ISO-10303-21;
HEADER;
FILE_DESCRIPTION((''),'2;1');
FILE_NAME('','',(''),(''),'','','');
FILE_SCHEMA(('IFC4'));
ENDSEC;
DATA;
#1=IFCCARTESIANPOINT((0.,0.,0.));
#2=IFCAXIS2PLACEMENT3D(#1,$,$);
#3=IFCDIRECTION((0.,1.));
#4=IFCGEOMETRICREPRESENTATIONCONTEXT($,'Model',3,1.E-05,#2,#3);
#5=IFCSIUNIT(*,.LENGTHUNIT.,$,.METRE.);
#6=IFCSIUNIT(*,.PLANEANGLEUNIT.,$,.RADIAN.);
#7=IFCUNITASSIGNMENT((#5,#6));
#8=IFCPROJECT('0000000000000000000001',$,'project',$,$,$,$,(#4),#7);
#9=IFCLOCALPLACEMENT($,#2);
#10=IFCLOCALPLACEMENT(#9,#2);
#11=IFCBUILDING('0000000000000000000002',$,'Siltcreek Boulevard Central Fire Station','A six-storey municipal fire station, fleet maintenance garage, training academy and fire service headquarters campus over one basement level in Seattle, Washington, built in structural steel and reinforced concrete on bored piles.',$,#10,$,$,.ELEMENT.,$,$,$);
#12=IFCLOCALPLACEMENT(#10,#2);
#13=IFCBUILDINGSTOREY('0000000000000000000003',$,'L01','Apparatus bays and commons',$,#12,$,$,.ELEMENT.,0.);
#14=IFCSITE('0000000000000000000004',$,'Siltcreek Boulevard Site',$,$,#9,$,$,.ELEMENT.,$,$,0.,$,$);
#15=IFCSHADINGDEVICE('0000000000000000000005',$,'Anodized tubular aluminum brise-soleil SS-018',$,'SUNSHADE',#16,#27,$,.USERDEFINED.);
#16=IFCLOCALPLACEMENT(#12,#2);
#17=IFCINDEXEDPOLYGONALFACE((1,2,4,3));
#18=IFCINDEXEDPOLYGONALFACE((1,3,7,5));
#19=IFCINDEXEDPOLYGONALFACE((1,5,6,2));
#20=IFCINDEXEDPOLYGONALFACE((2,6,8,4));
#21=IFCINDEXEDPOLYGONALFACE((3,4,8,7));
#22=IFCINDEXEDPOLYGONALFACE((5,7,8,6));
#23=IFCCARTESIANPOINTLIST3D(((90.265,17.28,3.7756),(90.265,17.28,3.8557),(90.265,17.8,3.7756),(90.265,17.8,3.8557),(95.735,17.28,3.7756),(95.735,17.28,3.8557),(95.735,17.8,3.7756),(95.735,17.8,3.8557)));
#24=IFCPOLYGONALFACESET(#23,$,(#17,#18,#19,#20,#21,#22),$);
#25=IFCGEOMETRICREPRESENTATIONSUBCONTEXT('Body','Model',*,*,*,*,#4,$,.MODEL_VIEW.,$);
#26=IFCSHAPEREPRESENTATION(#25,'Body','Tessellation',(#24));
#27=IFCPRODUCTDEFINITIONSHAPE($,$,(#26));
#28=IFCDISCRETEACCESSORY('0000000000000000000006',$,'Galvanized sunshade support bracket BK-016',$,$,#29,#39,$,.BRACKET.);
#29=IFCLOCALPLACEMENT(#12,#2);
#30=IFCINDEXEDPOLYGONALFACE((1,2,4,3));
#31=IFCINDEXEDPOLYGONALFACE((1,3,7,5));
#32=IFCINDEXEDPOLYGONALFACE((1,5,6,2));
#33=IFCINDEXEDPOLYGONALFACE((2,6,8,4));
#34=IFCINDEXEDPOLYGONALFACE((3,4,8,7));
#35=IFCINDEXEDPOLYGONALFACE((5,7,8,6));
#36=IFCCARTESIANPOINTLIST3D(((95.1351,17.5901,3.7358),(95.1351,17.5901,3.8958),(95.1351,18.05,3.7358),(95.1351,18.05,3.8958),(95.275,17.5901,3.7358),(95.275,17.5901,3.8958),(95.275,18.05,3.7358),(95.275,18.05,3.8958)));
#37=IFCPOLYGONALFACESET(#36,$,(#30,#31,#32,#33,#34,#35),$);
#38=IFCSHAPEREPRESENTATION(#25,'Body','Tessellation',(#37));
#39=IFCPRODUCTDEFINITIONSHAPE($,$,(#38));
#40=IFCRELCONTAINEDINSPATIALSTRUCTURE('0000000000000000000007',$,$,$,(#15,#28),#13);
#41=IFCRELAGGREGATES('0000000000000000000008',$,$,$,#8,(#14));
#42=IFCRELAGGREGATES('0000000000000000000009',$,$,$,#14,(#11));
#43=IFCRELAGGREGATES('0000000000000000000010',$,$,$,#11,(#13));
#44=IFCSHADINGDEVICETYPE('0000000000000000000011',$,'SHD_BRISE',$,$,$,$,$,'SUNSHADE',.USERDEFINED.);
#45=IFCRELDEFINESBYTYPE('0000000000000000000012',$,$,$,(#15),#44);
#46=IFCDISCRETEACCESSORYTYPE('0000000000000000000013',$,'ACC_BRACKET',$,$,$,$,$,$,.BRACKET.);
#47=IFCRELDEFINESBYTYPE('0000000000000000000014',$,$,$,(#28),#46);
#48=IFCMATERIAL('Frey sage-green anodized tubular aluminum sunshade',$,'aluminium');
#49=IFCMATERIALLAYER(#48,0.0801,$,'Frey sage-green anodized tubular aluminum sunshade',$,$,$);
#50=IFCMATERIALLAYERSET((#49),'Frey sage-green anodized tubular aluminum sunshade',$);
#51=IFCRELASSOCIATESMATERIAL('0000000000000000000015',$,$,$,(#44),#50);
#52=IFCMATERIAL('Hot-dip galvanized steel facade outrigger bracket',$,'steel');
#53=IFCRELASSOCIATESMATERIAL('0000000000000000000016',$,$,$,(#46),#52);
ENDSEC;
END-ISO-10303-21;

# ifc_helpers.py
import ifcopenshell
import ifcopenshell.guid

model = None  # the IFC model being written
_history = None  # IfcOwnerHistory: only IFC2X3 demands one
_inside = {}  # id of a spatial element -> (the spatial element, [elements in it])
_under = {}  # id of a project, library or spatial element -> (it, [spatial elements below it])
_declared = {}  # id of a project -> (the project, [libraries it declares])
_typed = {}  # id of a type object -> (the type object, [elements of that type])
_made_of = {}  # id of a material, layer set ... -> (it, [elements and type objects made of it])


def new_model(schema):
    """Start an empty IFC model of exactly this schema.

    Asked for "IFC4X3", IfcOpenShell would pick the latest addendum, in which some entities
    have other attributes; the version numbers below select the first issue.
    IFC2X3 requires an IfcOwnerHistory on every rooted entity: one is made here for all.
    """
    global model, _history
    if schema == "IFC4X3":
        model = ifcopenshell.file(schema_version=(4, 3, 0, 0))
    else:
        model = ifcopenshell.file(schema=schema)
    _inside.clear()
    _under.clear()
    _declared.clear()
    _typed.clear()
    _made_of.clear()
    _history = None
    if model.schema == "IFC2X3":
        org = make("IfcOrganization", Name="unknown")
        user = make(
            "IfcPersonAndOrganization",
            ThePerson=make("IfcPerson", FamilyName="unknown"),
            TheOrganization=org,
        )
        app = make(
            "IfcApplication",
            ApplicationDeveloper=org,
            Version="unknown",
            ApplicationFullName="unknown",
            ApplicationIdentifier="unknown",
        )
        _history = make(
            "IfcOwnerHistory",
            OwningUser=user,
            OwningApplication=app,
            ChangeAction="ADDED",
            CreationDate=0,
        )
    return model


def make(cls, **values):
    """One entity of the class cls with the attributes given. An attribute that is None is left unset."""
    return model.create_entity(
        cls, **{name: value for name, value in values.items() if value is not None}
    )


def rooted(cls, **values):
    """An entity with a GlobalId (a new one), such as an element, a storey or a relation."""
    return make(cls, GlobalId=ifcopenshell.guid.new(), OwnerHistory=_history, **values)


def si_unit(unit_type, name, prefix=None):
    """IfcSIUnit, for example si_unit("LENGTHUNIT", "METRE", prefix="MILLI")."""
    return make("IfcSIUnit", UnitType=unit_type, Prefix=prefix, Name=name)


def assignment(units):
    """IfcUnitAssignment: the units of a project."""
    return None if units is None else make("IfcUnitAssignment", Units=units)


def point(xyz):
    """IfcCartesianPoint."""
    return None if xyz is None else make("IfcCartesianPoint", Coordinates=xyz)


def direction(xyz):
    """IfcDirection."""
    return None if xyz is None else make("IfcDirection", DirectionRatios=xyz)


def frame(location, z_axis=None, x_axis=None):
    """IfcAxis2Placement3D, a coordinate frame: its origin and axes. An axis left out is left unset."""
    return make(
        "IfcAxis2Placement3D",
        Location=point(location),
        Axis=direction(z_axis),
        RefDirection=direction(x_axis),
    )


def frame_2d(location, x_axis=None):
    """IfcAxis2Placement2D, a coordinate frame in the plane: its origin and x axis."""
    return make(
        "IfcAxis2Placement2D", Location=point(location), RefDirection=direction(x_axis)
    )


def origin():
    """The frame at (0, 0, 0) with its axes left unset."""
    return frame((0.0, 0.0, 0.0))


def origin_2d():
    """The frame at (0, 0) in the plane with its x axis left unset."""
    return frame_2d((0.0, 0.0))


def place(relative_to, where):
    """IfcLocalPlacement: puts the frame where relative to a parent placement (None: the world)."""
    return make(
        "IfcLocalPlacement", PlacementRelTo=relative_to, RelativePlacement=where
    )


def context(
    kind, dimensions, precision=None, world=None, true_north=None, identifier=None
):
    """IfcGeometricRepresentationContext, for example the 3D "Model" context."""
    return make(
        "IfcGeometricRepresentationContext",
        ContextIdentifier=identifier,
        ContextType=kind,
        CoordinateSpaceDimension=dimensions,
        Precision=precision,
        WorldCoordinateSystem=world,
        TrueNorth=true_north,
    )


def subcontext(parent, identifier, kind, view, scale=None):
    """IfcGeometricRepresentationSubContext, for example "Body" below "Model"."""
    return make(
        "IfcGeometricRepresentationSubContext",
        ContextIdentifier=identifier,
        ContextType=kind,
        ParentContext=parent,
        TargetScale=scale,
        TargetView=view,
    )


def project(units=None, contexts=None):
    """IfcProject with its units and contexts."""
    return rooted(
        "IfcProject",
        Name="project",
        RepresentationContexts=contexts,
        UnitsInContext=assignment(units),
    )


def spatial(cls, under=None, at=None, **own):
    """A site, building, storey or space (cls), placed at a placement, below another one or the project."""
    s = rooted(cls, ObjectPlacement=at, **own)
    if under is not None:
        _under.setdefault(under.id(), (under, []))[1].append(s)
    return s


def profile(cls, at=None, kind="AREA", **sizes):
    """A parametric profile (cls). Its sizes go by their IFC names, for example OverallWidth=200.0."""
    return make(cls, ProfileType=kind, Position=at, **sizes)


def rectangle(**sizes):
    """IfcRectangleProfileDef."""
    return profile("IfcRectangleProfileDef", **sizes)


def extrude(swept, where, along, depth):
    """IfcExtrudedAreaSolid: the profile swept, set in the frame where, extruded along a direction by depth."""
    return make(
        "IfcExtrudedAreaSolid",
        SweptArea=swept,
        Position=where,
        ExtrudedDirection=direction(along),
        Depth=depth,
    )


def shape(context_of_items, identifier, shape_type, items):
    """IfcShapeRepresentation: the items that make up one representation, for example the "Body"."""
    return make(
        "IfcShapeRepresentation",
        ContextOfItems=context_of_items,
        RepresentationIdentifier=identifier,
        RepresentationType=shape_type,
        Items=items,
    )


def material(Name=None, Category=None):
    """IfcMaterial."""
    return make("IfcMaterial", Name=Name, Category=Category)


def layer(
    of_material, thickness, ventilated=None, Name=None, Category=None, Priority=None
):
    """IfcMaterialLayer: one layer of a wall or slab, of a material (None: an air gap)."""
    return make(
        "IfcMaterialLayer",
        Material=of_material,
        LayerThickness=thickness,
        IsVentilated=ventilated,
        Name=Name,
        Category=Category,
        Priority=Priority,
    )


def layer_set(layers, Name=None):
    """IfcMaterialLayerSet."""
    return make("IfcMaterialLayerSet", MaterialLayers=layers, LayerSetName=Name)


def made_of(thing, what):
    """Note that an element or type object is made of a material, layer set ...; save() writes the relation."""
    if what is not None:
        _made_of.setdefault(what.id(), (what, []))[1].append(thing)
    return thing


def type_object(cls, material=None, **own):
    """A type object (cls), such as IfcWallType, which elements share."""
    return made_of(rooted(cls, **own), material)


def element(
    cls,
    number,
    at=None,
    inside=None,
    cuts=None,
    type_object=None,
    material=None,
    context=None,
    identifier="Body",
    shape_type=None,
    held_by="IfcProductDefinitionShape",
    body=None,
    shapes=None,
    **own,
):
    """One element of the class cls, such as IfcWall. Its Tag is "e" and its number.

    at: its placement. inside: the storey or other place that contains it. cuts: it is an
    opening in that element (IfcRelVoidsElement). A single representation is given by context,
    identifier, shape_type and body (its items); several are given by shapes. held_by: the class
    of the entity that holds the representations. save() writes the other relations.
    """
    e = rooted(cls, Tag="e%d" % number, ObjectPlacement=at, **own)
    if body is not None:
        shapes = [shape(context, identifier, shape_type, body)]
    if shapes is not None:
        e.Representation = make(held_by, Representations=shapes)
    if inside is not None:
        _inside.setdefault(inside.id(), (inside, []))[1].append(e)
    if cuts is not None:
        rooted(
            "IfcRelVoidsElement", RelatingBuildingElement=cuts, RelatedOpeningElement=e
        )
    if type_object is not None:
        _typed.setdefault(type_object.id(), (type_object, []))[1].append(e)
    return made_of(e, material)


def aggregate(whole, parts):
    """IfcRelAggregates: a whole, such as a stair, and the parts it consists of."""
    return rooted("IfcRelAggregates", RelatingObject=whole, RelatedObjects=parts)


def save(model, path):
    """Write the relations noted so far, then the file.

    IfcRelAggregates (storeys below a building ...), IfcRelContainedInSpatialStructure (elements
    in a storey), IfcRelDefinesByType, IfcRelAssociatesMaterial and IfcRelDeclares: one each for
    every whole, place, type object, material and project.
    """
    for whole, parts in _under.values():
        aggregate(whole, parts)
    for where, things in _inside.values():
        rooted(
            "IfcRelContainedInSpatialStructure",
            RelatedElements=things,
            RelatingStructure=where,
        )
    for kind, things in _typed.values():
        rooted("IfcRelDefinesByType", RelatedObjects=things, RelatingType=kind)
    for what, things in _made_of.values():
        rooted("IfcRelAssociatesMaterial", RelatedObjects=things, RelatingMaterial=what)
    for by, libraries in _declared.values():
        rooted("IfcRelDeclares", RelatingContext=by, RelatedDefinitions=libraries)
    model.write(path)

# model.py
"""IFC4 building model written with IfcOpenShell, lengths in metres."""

from ifc_helpers import new_model, si_unit, direction, frame, origin, origin_2d, place, context, subcontext, project, spatial, rectangle, extrude, material, layer, layer_set, type_object, element, save


model = new_model("IFC4")

# Units and contexts
model_context = context("Model", 3, precision=1e-05, world=origin(), true_north=direction((0.0, 1.0)))
body_context = subcontext(model_context, "Body", "Model", "MODEL_VIEW")
ifc_project = project(units=[si_unit("LENGTHUNIT", "METRE"), si_unit("PLANEANGLEUNIT", "RADIAN")], contexts=[model_context])

# Site, building, storey
site_placement = place(None, origin())
site = spatial("IfcSite", under=ifc_project, at=site_placement, Name="Siltcreek Boulevard Site", CompositionType="ELEMENT", RefElevation=0.0)
building_placement = place(site_placement, origin())
building = spatial("IfcBuilding", under=site, at=building_placement, Name="Siltcreek Boulevard Central Fire Station", Description="A six-storey municipal fire station, fleet maintenance garage, training academy and fire service headquarters campus over one basement level in Seattle, Washington, built in structural steel and reinforced concrete on bored piles.", CompositionType="ELEMENT")
storey_placement = place(building_placement, origin())
storey = spatial("IfcBuildingStorey", under=building, at=storey_placement, Name="L01", Description="Apparatus bays and commons", CompositionType="ELEMENT", Elevation=0.0)

# Shading device
ifc_material_1 = material(Name="Frey sage-green anodized tubular aluminum sunshade", Category="aluminium")
ifc_layer_1 = layer(ifc_material_1, 0.0801, Name="Frey sage-green anodized tubular aluminum sunshade")
ifc_layer_set_1 = layer_set([ifc_layer_1], Name="Frey sage-green anodized tubular aluminum sunshade")
shading_device_type = type_object("IfcShadingDeviceType", Name="SHD_BRISE", ElementType="SUNSHADE", PredefinedType="USERDEFINED", material=ifc_layer_set_1)
shading_device_placement = place(storey_placement, frame((93.0, 17.54, 3.7756), z_axis=(0.0, 0.0, 1.0), x_axis=(1.0, 0.0, 0.0)))
element("IfcShadingDevice", 1, at=shading_device_placement, inside=storey, type_object=shading_device_type, Name="Anodized tubular aluminum brise-soleil SS-018", ObjectType="SUNSHADE", PredefinedType="USERDEFINED", context=body_context, shape_type="SweptSolid", body=[
    extrude(rectangle(XDim=5.47, YDim=0.52, at=origin_2d()), origin(), (0.0, 0.0, 1.0), 0.0801),
])

# Discrete accessory
ifc_material_2 = material(Name="Hot-dip galvanized steel facade outrigger bracket", Category="steel")
discrete_accessory_type = type_object("IfcDiscreteAccessoryType", Name="ACC_BRACKET", PredefinedType="BRACKET", material=ifc_material_2)
discrete_accessory_placement = place(storey_placement, frame((95.2051, 17.8201, 3.7358), z_axis=(0.0, 0.0, 1.0), x_axis=(1.0, 0.0, 0.0)))
element("IfcDiscreteAccessory", 2, at=discrete_accessory_placement, inside=storey, type_object=discrete_accessory_type, Name="Galvanized sunshade support bracket BK-016", PredefinedType="BRACKET", context=body_context, shape_type="SweptSolid", body=[
    extrude(rectangle(XDim=0.1399, YDim=0.46, at=origin_2d()), origin(), (0.0, 0.0, 1.0), 0.1599),
])

save(model, "model.ifc")
